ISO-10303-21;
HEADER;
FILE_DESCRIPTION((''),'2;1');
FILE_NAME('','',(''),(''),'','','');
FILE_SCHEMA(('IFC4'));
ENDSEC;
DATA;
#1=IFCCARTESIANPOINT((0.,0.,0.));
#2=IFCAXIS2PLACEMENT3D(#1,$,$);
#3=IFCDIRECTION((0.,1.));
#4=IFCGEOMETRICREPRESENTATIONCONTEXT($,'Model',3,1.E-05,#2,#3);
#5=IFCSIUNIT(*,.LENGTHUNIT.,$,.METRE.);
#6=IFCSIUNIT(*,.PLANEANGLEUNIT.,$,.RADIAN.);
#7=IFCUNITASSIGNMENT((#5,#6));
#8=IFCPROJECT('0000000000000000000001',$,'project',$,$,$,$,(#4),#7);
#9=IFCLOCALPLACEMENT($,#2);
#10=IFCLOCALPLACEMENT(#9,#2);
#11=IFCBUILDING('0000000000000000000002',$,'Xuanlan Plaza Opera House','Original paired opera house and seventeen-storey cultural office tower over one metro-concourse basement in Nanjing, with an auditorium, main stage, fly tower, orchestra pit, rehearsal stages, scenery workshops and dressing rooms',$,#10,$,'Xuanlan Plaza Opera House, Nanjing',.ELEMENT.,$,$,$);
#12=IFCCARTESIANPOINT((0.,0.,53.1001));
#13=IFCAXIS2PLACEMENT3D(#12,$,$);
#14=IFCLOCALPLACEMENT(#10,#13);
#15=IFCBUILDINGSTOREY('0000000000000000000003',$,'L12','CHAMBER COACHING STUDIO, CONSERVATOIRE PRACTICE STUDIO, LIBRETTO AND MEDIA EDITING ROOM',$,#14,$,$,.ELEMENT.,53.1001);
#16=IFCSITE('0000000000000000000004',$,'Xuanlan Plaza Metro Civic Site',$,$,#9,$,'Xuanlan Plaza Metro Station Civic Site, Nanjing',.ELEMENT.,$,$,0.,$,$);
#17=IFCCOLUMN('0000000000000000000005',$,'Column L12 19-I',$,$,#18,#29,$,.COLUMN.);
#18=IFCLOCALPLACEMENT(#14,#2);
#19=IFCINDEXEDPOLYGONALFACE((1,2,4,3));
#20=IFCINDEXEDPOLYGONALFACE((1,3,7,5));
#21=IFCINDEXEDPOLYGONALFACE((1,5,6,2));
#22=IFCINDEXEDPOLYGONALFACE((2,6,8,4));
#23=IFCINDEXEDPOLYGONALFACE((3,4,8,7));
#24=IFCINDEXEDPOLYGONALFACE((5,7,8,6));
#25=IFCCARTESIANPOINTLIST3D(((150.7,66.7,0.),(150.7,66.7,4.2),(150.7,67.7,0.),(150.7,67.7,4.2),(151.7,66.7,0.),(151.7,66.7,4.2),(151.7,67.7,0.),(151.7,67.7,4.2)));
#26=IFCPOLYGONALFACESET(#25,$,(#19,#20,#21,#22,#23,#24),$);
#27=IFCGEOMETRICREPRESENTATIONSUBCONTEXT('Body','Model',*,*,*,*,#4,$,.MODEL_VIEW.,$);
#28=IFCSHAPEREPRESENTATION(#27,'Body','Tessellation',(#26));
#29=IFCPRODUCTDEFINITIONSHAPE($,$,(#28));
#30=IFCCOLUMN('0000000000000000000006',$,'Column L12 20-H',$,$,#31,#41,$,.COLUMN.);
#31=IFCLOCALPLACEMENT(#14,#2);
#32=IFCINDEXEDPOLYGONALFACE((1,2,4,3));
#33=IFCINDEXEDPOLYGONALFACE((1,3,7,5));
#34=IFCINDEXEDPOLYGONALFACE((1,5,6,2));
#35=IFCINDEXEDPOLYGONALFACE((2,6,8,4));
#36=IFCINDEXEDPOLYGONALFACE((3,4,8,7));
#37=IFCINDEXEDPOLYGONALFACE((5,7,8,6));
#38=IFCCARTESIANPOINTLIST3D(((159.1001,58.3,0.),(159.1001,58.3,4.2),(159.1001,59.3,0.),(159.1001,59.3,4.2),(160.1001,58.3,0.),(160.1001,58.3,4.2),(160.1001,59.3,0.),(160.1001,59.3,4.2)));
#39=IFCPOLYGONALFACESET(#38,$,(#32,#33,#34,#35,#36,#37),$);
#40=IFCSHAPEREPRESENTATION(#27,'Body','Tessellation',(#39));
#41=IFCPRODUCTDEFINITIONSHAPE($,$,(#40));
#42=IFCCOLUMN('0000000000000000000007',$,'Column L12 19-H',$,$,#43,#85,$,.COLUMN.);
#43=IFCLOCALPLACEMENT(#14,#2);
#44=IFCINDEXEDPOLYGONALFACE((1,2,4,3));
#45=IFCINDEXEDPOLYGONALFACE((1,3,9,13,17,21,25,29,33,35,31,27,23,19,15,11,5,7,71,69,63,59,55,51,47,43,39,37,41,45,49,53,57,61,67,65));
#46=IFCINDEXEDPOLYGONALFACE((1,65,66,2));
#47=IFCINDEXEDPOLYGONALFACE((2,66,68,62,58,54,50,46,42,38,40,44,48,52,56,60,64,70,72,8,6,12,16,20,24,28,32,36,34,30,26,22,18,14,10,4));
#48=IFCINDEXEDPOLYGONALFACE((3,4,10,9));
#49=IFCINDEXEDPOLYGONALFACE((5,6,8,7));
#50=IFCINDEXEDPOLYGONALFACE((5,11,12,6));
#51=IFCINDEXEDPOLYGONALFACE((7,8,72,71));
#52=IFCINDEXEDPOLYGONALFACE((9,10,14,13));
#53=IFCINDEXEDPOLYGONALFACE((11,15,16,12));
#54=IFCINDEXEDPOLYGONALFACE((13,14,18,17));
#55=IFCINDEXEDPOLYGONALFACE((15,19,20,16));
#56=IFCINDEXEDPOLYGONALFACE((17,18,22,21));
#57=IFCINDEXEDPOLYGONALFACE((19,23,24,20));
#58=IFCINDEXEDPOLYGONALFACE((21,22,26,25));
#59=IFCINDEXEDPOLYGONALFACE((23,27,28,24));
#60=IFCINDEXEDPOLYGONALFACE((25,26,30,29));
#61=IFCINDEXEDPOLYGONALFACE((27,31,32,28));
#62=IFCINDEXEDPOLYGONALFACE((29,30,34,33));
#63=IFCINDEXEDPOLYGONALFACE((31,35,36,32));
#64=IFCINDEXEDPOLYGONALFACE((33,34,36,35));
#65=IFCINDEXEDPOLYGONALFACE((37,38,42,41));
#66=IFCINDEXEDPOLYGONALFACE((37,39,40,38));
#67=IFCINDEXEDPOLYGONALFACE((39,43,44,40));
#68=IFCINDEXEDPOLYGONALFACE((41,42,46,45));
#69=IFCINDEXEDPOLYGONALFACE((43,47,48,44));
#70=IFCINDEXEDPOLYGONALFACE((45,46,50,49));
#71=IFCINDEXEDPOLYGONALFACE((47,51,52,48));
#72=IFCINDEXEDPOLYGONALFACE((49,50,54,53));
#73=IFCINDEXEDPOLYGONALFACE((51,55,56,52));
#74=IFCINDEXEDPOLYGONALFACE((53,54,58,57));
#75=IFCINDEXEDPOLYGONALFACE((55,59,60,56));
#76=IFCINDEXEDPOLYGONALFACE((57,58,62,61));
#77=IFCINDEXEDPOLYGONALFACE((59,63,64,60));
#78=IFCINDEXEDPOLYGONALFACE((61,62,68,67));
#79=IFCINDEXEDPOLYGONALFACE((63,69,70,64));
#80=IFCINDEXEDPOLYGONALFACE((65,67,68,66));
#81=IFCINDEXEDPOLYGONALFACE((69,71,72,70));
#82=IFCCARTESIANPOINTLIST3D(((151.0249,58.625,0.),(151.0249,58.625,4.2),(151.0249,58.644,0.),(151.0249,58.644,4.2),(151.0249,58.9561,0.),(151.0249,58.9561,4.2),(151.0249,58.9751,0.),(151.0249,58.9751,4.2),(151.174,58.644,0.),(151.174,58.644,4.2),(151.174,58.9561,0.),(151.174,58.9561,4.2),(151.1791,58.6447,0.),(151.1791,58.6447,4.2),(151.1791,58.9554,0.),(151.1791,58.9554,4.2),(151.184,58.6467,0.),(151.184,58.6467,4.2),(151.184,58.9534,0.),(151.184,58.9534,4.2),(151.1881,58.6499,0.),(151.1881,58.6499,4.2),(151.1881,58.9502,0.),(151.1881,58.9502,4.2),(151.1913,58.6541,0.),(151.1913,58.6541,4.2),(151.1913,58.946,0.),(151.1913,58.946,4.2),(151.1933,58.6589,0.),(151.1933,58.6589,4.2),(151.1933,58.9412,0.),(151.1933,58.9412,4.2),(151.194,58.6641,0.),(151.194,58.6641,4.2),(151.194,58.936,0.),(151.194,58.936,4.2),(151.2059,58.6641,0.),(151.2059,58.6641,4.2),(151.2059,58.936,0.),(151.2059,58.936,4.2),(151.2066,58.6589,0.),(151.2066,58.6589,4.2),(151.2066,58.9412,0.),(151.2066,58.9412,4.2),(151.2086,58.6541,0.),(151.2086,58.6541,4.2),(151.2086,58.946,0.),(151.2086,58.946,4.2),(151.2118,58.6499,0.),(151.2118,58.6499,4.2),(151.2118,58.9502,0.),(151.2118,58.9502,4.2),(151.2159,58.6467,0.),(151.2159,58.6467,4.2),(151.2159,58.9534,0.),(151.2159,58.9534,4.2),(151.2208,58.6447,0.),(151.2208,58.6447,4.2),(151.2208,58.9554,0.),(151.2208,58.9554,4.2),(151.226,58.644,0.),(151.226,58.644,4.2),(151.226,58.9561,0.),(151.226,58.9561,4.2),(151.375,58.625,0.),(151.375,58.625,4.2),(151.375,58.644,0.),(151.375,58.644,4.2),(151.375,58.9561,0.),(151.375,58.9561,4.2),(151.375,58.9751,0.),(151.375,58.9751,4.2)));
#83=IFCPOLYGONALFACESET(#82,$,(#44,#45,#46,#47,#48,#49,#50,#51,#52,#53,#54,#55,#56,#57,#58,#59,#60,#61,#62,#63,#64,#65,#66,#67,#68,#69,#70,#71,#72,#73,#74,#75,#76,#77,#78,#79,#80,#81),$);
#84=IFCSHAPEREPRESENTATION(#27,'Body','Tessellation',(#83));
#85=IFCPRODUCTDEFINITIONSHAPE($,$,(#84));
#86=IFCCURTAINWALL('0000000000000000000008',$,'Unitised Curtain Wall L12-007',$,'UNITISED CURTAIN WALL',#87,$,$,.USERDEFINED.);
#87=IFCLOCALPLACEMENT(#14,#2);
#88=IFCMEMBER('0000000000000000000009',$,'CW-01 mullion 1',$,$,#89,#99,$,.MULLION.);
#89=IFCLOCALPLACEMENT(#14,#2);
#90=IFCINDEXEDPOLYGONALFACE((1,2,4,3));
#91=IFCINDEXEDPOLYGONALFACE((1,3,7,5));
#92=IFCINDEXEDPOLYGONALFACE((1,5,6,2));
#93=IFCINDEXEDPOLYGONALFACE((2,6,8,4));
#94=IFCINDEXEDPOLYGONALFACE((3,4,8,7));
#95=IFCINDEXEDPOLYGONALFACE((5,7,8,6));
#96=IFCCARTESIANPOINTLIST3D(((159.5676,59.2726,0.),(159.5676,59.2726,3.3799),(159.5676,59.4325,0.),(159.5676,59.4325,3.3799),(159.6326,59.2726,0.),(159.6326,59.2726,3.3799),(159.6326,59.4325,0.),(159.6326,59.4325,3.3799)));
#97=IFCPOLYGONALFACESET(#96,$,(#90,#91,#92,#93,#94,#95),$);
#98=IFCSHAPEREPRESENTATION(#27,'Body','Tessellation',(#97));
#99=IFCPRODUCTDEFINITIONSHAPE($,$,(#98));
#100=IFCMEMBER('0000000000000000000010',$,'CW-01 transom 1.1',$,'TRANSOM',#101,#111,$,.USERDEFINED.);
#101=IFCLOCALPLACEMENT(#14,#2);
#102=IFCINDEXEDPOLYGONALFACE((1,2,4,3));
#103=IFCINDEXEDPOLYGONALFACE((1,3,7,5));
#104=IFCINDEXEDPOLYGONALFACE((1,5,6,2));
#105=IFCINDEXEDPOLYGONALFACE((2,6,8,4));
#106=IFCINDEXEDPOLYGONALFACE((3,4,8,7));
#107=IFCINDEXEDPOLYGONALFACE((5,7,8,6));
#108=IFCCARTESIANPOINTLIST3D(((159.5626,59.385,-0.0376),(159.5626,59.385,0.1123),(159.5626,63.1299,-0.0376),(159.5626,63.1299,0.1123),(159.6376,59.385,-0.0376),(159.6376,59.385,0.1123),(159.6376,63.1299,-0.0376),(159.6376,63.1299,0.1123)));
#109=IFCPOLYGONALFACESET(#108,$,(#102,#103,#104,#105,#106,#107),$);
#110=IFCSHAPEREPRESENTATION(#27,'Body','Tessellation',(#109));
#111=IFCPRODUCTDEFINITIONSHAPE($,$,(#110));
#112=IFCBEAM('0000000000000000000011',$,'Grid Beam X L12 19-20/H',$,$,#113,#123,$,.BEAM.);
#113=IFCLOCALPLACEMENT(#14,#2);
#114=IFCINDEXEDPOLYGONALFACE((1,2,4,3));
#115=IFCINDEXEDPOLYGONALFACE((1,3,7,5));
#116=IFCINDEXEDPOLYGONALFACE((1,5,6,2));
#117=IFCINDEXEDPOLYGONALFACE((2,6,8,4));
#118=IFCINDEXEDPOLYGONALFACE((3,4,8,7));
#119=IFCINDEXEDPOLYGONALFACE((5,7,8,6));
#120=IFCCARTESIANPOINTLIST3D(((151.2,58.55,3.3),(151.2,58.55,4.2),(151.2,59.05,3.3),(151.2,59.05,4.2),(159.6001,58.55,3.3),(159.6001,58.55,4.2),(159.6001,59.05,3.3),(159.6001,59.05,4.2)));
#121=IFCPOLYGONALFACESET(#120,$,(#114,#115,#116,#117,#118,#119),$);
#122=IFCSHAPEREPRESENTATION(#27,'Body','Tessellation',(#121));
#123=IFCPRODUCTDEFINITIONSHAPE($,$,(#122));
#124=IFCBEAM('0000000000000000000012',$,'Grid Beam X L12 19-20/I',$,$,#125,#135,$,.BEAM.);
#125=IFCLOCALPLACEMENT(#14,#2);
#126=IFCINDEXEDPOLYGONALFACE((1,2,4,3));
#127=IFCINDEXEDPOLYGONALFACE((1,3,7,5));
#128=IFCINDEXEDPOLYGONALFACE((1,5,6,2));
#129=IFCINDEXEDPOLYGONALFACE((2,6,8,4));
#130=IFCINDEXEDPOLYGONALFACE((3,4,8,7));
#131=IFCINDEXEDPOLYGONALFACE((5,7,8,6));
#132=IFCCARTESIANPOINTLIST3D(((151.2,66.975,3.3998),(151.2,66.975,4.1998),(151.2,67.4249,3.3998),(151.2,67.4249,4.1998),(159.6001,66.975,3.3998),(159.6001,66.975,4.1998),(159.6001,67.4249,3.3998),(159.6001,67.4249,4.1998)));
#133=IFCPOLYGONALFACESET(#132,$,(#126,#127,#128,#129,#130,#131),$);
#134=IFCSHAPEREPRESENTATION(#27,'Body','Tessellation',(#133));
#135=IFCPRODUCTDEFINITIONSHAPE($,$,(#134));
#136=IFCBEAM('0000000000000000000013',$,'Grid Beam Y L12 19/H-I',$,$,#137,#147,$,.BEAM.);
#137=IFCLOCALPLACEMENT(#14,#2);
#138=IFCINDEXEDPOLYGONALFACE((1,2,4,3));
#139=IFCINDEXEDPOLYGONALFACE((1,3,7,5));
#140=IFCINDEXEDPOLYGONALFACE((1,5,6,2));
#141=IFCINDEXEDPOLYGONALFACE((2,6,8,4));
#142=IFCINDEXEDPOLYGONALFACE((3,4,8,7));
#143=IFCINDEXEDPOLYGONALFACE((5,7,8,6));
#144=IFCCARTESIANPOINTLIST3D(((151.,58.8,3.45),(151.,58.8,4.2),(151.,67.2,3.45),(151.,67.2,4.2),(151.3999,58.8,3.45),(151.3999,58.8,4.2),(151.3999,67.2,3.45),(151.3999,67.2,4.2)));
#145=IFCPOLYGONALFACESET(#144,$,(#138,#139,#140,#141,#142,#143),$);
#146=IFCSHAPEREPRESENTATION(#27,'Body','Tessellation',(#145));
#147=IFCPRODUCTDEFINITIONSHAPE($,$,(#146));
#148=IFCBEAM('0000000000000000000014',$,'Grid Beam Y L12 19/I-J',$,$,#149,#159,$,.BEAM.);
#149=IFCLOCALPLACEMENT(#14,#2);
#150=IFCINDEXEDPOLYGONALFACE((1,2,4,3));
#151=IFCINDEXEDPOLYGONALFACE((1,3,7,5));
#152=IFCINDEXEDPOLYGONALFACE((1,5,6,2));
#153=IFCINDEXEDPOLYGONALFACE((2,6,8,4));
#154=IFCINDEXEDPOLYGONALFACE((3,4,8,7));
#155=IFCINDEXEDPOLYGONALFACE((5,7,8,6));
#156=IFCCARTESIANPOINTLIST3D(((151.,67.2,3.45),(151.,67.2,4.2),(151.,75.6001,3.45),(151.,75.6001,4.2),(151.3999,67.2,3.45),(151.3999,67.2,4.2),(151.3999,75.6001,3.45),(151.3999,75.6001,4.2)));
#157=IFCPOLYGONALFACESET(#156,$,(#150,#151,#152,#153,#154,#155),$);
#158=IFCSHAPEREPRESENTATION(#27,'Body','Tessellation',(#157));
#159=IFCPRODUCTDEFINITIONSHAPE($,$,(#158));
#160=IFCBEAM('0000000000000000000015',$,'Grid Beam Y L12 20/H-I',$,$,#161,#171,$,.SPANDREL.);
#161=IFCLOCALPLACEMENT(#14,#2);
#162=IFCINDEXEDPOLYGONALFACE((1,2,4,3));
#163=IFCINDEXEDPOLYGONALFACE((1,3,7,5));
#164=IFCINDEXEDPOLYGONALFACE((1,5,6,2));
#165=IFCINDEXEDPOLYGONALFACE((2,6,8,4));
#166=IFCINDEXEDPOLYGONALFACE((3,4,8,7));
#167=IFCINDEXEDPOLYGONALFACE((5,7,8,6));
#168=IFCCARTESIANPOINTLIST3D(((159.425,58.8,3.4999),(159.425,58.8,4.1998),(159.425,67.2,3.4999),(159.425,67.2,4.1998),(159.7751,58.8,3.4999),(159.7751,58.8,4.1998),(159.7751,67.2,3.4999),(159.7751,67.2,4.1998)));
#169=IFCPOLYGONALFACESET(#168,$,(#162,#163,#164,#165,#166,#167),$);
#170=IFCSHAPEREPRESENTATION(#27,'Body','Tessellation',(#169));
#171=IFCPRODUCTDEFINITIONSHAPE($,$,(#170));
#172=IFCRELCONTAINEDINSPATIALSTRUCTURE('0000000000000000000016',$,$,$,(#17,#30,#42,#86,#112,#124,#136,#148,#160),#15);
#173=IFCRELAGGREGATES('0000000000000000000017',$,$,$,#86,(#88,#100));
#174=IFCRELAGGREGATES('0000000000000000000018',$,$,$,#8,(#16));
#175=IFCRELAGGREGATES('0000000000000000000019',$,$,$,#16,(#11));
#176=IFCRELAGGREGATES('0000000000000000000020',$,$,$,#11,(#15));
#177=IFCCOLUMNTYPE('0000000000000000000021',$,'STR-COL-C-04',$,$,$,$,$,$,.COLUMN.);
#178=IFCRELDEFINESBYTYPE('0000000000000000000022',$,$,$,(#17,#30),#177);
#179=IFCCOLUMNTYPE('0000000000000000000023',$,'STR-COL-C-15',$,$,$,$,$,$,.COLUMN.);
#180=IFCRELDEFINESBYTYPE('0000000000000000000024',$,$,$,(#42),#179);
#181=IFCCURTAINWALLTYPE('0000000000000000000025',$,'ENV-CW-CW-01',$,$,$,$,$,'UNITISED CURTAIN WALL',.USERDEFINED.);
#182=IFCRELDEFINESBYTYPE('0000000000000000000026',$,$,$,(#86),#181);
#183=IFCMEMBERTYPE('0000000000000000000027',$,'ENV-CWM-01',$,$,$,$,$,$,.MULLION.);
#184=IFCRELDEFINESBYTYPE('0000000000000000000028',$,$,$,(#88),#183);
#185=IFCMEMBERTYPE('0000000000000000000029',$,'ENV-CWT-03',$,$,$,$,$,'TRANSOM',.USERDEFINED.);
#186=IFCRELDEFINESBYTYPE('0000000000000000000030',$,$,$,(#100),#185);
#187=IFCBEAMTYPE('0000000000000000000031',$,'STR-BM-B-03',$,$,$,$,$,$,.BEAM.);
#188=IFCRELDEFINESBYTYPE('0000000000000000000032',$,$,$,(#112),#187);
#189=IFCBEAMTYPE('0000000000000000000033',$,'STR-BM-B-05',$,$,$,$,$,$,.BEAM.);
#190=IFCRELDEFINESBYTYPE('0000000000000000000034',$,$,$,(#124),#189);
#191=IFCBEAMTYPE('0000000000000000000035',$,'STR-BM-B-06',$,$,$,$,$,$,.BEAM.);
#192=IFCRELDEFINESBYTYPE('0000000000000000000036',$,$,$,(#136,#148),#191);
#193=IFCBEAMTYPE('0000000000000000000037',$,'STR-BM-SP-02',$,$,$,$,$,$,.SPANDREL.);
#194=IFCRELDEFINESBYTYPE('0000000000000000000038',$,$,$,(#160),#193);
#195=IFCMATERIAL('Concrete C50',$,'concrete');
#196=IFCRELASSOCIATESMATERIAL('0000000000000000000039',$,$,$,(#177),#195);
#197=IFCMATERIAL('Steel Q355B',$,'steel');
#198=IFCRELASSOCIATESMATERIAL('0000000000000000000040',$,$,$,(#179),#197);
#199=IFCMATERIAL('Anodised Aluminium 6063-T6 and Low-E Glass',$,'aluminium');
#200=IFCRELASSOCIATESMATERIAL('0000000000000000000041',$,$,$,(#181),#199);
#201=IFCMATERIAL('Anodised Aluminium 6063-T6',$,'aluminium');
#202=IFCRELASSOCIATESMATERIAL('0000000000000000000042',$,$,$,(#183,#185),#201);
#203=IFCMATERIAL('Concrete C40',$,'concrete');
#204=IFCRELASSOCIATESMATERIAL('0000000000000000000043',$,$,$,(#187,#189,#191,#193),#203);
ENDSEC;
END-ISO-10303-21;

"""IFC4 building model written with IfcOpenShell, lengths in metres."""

from ifc_helpers import new_model, si_unit, direction, frame, origin, origin_2d, place, context, subcontext, project, spatial, rectangle, i_section, extrude, material, material_profile, profile_set, type_object, element, aggregate, save


model = new_model("IFC4")

# Units and contexts
model_context = context("Model", 3, precision=1e-05, world=origin(), true_north=direction((0.0, 1.0)))
body_context = subcontext(model_context, "Body", "Model", "MODEL_VIEW")
ifc_project = project(units=[si_unit("LENGTHUNIT", "METRE"), si_unit("PLANEANGLEUNIT", "RADIAN")], contexts=[model_context])

# Site, building, storey
site_placement = place(None, origin())
site = spatial("IfcSite", under=ifc_project, at=site_placement, Name="Xuanlan Plaza Metro Civic Site", LongName="Xuanlan Plaza Metro Station Civic Site, Nanjing", CompositionType="ELEMENT", RefElevation=0.0)
building_placement = place(site_placement, origin())
building = spatial("IfcBuilding", under=site, at=building_placement, Name="Xuanlan Plaza Opera House", Description="Original paired opera house and seventeen-storey cultural office tower over one metro-concourse basement in Nanjing, with an auditorium, main stage, fly tower, orchestra pit, rehearsal stages, scenery workshops and dressing rooms", LongName="Xuanlan Plaza Opera House, Nanjing", CompositionType="ELEMENT")
storey_placement = place(building_placement, frame((0.0, 0.0, 53.1001)))
storey = spatial("IfcBuildingStorey", under=building, at=storey_placement, Name="L12", Description="CHAMBER COACHING STUDIO, CONSERVATOIRE PRACTICE STUDIO, LIBRETTO AND MEDIA EDITING ROOM", CompositionType="ELEMENT", Elevation=53.1001)

# Columns
ifc_material_1 = material(Name="Concrete C50", Category="concrete")
ifc_material_profile_1 = material_profile(ifc_material_1, rectangle(XDim=1.0, YDim=1.0, at=origin_2d()), Name="RC-COL 1000x1000")
ifc_profile_set_1 = profile_set([ifc_material_profile_1], Name="Concrete C50")
column_type_1 = type_object("IfcColumnType", Name="STR-COL-C-04", PredefinedType="COLUMN", material=ifc_profile_set_1)
for number, where, z_axis, x_axis, name in (
    (1, (151.2, 67.2, 0.0), (0.0, 0.0, 1.0), (1.0, 0.0, 0.0), "Column L12 19-I"),
    (2, (159.6001, 58.8, 0.0), (0.0, 0.0, 1.0), (1.0, 0.0, 0.0), "Column L12 20-H"),
):
    element("IfcColumn", number, at=place(storey_placement, frame(where, z_axis=z_axis, x_axis=x_axis)), inside=storey, type_object=column_type_1, Name=name, PredefinedType="COLUMN", context=body_context, shape_type="SweptSolid", body=[
        extrude(rectangle(XDim=1.0, YDim=1.0, at=origin_2d()), origin(), (0.0, 0.0, 1.0), 4.2),
    ])
ifc_material_2 = material(Name="Steel Q355B", Category="steel")
ifc_material_profile_2 = material_profile(ifc_material_2, i_section(OverallWidth=0.3501, OverallDepth=0.3501, WebThickness=0.012, FlangeThickness=0.019, FilletRadius=0.02, at=origin_2d()), Name="HW 350x350x12x19")
ifc_profile_set_2 = profile_set([ifc_material_profile_2], Name="Steel Q355B")
column_type_2 = type_object("IfcColumnType", Name="STR-COL-C-15", PredefinedType="COLUMN", material=ifc_profile_set_2)
column_placement = place(storey_placement, frame((151.2, 58.8, 0.0), z_axis=(0.0, 0.0, 1.0), x_axis=(1.0, 0.0, 0.0)))
element("IfcColumn", 3, at=column_placement, inside=storey, type_object=column_type_2, Name="Column L12 19-H", PredefinedType="COLUMN", context=body_context, shape_type="SweptSolid", body=[
    extrude(i_section(OverallWidth=0.3501, OverallDepth=0.3501, WebThickness=0.012, FlangeThickness=0.019, FilletRadius=0.02, at=origin_2d()), origin(), (0.0, 0.0, 1.0), 4.2),
])

# Curtain wall, members
ifc_material_3 = material(Name="Anodised Aluminium 6063-T6 and Low-E Glass", Category="aluminium")
curtain_wall_type = type_object("IfcCurtainWallType", Name="ENV-CW-CW-01", ElementType="UNITISED CURTAIN WALL", PredefinedType="USERDEFINED", material=ifc_material_3)
curtain_wall_placement = place(storey_placement, origin())
curtain_wall = element("IfcCurtainWall", 4, at=curtain_wall_placement, inside=storey, type_object=curtain_wall_type, Name="Unitised Curtain Wall L12-007", ObjectType="UNITISED CURTAIN WALL", PredefinedType="USERDEFINED")
ifc_material_4 = material(Name="Anodised Aluminium 6063-T6", Category="aluminium")
ifc_material_profile_3 = material_profile(ifc_material_4, rectangle(XDim=0.0649, YDim=0.1599, at=origin_2d()), Name="ALU-M 65x160")
ifc_profile_set_3 = profile_set([ifc_material_profile_3], Name="Anodised Aluminium 6063-T6")
member_type_1 = type_object("IfcMemberType", Name="ENV-CWM-01", PredefinedType="MULLION", material=ifc_profile_set_3)
member_1_placement = place(storey_placement, frame((159.6001, 59.3525, 0.0), z_axis=(0.0, 0.0, 1.0), x_axis=(-1.0, 0.0, 0.0)))
member_1 = element("IfcMember", 5, at=member_1_placement, type_object=member_type_1, Name="CW-01 mullion 1", PredefinedType="MULLION", context=body_context, shape_type="SweptSolid", body=[
    extrude(rectangle(XDim=0.0649, YDim=0.1599, at=origin_2d()), origin(), (0.0, 0.0, 1.0), 3.3799),
])
ifc_material_profile_4 = material_profile(ifc_material_4, rectangle(XDim=0.075, YDim=0.1499, at=origin_2d()), Name="ALU-T 75x150")
ifc_profile_set_4 = profile_set([ifc_material_profile_4], Name="Anodised Aluminium 6063-T6")
member_type_2 = type_object("IfcMemberType", Name="ENV-CWT-03", ElementType="TRANSOM", PredefinedType="USERDEFINED", material=ifc_profile_set_4)
member_2_placement = place(storey_placement, frame((159.6001, 59.385, 0.0374), z_axis=(0.0, 1.0, 0.0), x_axis=(-1.0, 0.0, 0.0)))
member_2 = element("IfcMember", 6, at=member_2_placement, type_object=member_type_2, Name="CW-01 transom 1.1", ObjectType="TRANSOM", PredefinedType="USERDEFINED", context=body_context, shape_type="SweptSolid", body=[
    extrude(rectangle(XDim=0.075, YDim=0.1499, at=origin_2d()), origin(), (0.0, 0.0, 1.0), 3.7449),
])
aggregate(curtain_wall, [member_1, member_2])

# Beams
ifc_material_5 = material(Name="Concrete C40", Category="concrete")
ifc_material_profile_5 = material_profile(ifc_material_5, rectangle(XDim=0.5, YDim=0.8999, at=origin_2d()), Name="RC-BM 500x900")
ifc_profile_set_5 = profile_set([ifc_material_profile_5], Name="Concrete C40")
beam_type_1 = type_object("IfcBeamType", Name="STR-BM-B-03", PredefinedType="BEAM", material=ifc_profile_set_5)
beam_1_placement = place(storey_placement, frame((151.2, 58.8, 3.75), z_axis=(1.0, 0.0, 0.0), x_axis=(0.0, 1.0, 0.0)))
element("IfcBeam", 7, at=beam_1_placement, inside=storey, type_object=beam_type_1, Name="Grid Beam X L12 19-20/H", PredefinedType="BEAM", context=body_context, shape_type="SweptSolid", body=[
    extrude(rectangle(XDim=0.5, YDim=0.8999, at=origin_2d()), origin(), (0.0, 0.0, 1.0), 8.4001),
])
ifc_material_profile_6 = material_profile(ifc_material_5, rectangle(XDim=0.45, YDim=0.8, at=origin_2d()), Name="RC-BM 450x800")
ifc_profile_set_6 = profile_set([ifc_material_profile_6], Name="Concrete C40")
beam_type_2 = type_object("IfcBeamType", Name="STR-BM-B-05", PredefinedType="BEAM", material=ifc_profile_set_6)
beam_2_placement = place(storey_placement, frame((151.2, 67.2, 3.7998), z_axis=(1.0, 0.0, 0.0), x_axis=(0.0, 1.0, 0.0)))
element("IfcBeam", 8, at=beam_2_placement, inside=storey, type_object=beam_type_2, Name="Grid Beam X L12 19-20/I", PredefinedType="BEAM", context=body_context, shape_type="SweptSolid", body=[
    extrude(rectangle(XDim=0.45, YDim=0.8, at=origin_2d()), origin(), (0.0, 0.0, 1.0), 8.4001),
])
ifc_material_profile_7 = material_profile(ifc_material_5, rectangle(XDim=0.3999, YDim=0.75, at=origin_2d()), Name="RC-BM 400x750")
ifc_profile_set_7 = profile_set([ifc_material_profile_7], Name="Concrete C40")
beam_type_3 = type_object("IfcBeamType", Name="STR-BM-B-06", PredefinedType="BEAM", material=ifc_profile_set_7)
beam_3_placement = place(storey_placement, frame((151.2, 58.8, 3.825), z_axis=(0.0, 1.0, 0.0), x_axis=(-1.0, 0.0, 0.0)))
element("IfcBeam", 9, at=beam_3_placement, inside=storey, type_object=beam_type_3, Name="Grid Beam Y L12 19/H-I", PredefinedType="BEAM", context=body_context, shape_type="SweptSolid", body=[
    extrude(rectangle(XDim=0.3999, YDim=0.75, at=origin_2d()), origin(), (0.0, 0.0, 1.0), 8.3999),
])
beam_4_placement = place(storey_placement, frame((151.2, 67.2, 3.825), z_axis=(0.0, 1.0, 0.0), x_axis=(-1.0, 0.0, 0.0)))
element("IfcBeam", 10, at=beam_4_placement, inside=storey, type_object=beam_type_3, Name="Grid Beam Y L12 19/I-J", PredefinedType="BEAM", context=body_context, shape_type="SweptSolid", body=[
    extrude(rectangle(XDim=0.3999, YDim=0.75, at=origin_2d()), origin(), (0.0, 0.0, 1.0), 8.4001),
])
ifc_material_profile_8 = material_profile(ifc_material_5, rectangle(XDim=0.3501, YDim=0.7, at=origin_2d()), Name="RC-SPD 350x700")
ifc_profile_set_8 = profile_set([ifc_material_profile_8], Name="Concrete C40")
beam_type_4 = type_object("IfcBeamType", Name="STR-BM-SP-02", PredefinedType="SPANDREL", material=ifc_profile_set_8)
beam_5_placement = place(storey_placement, frame((159.6001, 58.8, 3.8499), z_axis=(0.0, 1.0, 0.0), x_axis=(-1.0, 0.0, 0.0)))
element("IfcBeam", 11, at=beam_5_placement, inside=storey, type_object=beam_type_4, Name="Grid Beam Y L12 20/H-I", PredefinedType="SPANDREL", context=body_context, shape_type="SweptSolid", body=[
    extrude(rectangle(XDim=0.3501, YDim=0.7, at=origin_2d()), origin(), (0.0, 0.0, 1.0), 8.3999),
])

save(model, "model.ifc")
